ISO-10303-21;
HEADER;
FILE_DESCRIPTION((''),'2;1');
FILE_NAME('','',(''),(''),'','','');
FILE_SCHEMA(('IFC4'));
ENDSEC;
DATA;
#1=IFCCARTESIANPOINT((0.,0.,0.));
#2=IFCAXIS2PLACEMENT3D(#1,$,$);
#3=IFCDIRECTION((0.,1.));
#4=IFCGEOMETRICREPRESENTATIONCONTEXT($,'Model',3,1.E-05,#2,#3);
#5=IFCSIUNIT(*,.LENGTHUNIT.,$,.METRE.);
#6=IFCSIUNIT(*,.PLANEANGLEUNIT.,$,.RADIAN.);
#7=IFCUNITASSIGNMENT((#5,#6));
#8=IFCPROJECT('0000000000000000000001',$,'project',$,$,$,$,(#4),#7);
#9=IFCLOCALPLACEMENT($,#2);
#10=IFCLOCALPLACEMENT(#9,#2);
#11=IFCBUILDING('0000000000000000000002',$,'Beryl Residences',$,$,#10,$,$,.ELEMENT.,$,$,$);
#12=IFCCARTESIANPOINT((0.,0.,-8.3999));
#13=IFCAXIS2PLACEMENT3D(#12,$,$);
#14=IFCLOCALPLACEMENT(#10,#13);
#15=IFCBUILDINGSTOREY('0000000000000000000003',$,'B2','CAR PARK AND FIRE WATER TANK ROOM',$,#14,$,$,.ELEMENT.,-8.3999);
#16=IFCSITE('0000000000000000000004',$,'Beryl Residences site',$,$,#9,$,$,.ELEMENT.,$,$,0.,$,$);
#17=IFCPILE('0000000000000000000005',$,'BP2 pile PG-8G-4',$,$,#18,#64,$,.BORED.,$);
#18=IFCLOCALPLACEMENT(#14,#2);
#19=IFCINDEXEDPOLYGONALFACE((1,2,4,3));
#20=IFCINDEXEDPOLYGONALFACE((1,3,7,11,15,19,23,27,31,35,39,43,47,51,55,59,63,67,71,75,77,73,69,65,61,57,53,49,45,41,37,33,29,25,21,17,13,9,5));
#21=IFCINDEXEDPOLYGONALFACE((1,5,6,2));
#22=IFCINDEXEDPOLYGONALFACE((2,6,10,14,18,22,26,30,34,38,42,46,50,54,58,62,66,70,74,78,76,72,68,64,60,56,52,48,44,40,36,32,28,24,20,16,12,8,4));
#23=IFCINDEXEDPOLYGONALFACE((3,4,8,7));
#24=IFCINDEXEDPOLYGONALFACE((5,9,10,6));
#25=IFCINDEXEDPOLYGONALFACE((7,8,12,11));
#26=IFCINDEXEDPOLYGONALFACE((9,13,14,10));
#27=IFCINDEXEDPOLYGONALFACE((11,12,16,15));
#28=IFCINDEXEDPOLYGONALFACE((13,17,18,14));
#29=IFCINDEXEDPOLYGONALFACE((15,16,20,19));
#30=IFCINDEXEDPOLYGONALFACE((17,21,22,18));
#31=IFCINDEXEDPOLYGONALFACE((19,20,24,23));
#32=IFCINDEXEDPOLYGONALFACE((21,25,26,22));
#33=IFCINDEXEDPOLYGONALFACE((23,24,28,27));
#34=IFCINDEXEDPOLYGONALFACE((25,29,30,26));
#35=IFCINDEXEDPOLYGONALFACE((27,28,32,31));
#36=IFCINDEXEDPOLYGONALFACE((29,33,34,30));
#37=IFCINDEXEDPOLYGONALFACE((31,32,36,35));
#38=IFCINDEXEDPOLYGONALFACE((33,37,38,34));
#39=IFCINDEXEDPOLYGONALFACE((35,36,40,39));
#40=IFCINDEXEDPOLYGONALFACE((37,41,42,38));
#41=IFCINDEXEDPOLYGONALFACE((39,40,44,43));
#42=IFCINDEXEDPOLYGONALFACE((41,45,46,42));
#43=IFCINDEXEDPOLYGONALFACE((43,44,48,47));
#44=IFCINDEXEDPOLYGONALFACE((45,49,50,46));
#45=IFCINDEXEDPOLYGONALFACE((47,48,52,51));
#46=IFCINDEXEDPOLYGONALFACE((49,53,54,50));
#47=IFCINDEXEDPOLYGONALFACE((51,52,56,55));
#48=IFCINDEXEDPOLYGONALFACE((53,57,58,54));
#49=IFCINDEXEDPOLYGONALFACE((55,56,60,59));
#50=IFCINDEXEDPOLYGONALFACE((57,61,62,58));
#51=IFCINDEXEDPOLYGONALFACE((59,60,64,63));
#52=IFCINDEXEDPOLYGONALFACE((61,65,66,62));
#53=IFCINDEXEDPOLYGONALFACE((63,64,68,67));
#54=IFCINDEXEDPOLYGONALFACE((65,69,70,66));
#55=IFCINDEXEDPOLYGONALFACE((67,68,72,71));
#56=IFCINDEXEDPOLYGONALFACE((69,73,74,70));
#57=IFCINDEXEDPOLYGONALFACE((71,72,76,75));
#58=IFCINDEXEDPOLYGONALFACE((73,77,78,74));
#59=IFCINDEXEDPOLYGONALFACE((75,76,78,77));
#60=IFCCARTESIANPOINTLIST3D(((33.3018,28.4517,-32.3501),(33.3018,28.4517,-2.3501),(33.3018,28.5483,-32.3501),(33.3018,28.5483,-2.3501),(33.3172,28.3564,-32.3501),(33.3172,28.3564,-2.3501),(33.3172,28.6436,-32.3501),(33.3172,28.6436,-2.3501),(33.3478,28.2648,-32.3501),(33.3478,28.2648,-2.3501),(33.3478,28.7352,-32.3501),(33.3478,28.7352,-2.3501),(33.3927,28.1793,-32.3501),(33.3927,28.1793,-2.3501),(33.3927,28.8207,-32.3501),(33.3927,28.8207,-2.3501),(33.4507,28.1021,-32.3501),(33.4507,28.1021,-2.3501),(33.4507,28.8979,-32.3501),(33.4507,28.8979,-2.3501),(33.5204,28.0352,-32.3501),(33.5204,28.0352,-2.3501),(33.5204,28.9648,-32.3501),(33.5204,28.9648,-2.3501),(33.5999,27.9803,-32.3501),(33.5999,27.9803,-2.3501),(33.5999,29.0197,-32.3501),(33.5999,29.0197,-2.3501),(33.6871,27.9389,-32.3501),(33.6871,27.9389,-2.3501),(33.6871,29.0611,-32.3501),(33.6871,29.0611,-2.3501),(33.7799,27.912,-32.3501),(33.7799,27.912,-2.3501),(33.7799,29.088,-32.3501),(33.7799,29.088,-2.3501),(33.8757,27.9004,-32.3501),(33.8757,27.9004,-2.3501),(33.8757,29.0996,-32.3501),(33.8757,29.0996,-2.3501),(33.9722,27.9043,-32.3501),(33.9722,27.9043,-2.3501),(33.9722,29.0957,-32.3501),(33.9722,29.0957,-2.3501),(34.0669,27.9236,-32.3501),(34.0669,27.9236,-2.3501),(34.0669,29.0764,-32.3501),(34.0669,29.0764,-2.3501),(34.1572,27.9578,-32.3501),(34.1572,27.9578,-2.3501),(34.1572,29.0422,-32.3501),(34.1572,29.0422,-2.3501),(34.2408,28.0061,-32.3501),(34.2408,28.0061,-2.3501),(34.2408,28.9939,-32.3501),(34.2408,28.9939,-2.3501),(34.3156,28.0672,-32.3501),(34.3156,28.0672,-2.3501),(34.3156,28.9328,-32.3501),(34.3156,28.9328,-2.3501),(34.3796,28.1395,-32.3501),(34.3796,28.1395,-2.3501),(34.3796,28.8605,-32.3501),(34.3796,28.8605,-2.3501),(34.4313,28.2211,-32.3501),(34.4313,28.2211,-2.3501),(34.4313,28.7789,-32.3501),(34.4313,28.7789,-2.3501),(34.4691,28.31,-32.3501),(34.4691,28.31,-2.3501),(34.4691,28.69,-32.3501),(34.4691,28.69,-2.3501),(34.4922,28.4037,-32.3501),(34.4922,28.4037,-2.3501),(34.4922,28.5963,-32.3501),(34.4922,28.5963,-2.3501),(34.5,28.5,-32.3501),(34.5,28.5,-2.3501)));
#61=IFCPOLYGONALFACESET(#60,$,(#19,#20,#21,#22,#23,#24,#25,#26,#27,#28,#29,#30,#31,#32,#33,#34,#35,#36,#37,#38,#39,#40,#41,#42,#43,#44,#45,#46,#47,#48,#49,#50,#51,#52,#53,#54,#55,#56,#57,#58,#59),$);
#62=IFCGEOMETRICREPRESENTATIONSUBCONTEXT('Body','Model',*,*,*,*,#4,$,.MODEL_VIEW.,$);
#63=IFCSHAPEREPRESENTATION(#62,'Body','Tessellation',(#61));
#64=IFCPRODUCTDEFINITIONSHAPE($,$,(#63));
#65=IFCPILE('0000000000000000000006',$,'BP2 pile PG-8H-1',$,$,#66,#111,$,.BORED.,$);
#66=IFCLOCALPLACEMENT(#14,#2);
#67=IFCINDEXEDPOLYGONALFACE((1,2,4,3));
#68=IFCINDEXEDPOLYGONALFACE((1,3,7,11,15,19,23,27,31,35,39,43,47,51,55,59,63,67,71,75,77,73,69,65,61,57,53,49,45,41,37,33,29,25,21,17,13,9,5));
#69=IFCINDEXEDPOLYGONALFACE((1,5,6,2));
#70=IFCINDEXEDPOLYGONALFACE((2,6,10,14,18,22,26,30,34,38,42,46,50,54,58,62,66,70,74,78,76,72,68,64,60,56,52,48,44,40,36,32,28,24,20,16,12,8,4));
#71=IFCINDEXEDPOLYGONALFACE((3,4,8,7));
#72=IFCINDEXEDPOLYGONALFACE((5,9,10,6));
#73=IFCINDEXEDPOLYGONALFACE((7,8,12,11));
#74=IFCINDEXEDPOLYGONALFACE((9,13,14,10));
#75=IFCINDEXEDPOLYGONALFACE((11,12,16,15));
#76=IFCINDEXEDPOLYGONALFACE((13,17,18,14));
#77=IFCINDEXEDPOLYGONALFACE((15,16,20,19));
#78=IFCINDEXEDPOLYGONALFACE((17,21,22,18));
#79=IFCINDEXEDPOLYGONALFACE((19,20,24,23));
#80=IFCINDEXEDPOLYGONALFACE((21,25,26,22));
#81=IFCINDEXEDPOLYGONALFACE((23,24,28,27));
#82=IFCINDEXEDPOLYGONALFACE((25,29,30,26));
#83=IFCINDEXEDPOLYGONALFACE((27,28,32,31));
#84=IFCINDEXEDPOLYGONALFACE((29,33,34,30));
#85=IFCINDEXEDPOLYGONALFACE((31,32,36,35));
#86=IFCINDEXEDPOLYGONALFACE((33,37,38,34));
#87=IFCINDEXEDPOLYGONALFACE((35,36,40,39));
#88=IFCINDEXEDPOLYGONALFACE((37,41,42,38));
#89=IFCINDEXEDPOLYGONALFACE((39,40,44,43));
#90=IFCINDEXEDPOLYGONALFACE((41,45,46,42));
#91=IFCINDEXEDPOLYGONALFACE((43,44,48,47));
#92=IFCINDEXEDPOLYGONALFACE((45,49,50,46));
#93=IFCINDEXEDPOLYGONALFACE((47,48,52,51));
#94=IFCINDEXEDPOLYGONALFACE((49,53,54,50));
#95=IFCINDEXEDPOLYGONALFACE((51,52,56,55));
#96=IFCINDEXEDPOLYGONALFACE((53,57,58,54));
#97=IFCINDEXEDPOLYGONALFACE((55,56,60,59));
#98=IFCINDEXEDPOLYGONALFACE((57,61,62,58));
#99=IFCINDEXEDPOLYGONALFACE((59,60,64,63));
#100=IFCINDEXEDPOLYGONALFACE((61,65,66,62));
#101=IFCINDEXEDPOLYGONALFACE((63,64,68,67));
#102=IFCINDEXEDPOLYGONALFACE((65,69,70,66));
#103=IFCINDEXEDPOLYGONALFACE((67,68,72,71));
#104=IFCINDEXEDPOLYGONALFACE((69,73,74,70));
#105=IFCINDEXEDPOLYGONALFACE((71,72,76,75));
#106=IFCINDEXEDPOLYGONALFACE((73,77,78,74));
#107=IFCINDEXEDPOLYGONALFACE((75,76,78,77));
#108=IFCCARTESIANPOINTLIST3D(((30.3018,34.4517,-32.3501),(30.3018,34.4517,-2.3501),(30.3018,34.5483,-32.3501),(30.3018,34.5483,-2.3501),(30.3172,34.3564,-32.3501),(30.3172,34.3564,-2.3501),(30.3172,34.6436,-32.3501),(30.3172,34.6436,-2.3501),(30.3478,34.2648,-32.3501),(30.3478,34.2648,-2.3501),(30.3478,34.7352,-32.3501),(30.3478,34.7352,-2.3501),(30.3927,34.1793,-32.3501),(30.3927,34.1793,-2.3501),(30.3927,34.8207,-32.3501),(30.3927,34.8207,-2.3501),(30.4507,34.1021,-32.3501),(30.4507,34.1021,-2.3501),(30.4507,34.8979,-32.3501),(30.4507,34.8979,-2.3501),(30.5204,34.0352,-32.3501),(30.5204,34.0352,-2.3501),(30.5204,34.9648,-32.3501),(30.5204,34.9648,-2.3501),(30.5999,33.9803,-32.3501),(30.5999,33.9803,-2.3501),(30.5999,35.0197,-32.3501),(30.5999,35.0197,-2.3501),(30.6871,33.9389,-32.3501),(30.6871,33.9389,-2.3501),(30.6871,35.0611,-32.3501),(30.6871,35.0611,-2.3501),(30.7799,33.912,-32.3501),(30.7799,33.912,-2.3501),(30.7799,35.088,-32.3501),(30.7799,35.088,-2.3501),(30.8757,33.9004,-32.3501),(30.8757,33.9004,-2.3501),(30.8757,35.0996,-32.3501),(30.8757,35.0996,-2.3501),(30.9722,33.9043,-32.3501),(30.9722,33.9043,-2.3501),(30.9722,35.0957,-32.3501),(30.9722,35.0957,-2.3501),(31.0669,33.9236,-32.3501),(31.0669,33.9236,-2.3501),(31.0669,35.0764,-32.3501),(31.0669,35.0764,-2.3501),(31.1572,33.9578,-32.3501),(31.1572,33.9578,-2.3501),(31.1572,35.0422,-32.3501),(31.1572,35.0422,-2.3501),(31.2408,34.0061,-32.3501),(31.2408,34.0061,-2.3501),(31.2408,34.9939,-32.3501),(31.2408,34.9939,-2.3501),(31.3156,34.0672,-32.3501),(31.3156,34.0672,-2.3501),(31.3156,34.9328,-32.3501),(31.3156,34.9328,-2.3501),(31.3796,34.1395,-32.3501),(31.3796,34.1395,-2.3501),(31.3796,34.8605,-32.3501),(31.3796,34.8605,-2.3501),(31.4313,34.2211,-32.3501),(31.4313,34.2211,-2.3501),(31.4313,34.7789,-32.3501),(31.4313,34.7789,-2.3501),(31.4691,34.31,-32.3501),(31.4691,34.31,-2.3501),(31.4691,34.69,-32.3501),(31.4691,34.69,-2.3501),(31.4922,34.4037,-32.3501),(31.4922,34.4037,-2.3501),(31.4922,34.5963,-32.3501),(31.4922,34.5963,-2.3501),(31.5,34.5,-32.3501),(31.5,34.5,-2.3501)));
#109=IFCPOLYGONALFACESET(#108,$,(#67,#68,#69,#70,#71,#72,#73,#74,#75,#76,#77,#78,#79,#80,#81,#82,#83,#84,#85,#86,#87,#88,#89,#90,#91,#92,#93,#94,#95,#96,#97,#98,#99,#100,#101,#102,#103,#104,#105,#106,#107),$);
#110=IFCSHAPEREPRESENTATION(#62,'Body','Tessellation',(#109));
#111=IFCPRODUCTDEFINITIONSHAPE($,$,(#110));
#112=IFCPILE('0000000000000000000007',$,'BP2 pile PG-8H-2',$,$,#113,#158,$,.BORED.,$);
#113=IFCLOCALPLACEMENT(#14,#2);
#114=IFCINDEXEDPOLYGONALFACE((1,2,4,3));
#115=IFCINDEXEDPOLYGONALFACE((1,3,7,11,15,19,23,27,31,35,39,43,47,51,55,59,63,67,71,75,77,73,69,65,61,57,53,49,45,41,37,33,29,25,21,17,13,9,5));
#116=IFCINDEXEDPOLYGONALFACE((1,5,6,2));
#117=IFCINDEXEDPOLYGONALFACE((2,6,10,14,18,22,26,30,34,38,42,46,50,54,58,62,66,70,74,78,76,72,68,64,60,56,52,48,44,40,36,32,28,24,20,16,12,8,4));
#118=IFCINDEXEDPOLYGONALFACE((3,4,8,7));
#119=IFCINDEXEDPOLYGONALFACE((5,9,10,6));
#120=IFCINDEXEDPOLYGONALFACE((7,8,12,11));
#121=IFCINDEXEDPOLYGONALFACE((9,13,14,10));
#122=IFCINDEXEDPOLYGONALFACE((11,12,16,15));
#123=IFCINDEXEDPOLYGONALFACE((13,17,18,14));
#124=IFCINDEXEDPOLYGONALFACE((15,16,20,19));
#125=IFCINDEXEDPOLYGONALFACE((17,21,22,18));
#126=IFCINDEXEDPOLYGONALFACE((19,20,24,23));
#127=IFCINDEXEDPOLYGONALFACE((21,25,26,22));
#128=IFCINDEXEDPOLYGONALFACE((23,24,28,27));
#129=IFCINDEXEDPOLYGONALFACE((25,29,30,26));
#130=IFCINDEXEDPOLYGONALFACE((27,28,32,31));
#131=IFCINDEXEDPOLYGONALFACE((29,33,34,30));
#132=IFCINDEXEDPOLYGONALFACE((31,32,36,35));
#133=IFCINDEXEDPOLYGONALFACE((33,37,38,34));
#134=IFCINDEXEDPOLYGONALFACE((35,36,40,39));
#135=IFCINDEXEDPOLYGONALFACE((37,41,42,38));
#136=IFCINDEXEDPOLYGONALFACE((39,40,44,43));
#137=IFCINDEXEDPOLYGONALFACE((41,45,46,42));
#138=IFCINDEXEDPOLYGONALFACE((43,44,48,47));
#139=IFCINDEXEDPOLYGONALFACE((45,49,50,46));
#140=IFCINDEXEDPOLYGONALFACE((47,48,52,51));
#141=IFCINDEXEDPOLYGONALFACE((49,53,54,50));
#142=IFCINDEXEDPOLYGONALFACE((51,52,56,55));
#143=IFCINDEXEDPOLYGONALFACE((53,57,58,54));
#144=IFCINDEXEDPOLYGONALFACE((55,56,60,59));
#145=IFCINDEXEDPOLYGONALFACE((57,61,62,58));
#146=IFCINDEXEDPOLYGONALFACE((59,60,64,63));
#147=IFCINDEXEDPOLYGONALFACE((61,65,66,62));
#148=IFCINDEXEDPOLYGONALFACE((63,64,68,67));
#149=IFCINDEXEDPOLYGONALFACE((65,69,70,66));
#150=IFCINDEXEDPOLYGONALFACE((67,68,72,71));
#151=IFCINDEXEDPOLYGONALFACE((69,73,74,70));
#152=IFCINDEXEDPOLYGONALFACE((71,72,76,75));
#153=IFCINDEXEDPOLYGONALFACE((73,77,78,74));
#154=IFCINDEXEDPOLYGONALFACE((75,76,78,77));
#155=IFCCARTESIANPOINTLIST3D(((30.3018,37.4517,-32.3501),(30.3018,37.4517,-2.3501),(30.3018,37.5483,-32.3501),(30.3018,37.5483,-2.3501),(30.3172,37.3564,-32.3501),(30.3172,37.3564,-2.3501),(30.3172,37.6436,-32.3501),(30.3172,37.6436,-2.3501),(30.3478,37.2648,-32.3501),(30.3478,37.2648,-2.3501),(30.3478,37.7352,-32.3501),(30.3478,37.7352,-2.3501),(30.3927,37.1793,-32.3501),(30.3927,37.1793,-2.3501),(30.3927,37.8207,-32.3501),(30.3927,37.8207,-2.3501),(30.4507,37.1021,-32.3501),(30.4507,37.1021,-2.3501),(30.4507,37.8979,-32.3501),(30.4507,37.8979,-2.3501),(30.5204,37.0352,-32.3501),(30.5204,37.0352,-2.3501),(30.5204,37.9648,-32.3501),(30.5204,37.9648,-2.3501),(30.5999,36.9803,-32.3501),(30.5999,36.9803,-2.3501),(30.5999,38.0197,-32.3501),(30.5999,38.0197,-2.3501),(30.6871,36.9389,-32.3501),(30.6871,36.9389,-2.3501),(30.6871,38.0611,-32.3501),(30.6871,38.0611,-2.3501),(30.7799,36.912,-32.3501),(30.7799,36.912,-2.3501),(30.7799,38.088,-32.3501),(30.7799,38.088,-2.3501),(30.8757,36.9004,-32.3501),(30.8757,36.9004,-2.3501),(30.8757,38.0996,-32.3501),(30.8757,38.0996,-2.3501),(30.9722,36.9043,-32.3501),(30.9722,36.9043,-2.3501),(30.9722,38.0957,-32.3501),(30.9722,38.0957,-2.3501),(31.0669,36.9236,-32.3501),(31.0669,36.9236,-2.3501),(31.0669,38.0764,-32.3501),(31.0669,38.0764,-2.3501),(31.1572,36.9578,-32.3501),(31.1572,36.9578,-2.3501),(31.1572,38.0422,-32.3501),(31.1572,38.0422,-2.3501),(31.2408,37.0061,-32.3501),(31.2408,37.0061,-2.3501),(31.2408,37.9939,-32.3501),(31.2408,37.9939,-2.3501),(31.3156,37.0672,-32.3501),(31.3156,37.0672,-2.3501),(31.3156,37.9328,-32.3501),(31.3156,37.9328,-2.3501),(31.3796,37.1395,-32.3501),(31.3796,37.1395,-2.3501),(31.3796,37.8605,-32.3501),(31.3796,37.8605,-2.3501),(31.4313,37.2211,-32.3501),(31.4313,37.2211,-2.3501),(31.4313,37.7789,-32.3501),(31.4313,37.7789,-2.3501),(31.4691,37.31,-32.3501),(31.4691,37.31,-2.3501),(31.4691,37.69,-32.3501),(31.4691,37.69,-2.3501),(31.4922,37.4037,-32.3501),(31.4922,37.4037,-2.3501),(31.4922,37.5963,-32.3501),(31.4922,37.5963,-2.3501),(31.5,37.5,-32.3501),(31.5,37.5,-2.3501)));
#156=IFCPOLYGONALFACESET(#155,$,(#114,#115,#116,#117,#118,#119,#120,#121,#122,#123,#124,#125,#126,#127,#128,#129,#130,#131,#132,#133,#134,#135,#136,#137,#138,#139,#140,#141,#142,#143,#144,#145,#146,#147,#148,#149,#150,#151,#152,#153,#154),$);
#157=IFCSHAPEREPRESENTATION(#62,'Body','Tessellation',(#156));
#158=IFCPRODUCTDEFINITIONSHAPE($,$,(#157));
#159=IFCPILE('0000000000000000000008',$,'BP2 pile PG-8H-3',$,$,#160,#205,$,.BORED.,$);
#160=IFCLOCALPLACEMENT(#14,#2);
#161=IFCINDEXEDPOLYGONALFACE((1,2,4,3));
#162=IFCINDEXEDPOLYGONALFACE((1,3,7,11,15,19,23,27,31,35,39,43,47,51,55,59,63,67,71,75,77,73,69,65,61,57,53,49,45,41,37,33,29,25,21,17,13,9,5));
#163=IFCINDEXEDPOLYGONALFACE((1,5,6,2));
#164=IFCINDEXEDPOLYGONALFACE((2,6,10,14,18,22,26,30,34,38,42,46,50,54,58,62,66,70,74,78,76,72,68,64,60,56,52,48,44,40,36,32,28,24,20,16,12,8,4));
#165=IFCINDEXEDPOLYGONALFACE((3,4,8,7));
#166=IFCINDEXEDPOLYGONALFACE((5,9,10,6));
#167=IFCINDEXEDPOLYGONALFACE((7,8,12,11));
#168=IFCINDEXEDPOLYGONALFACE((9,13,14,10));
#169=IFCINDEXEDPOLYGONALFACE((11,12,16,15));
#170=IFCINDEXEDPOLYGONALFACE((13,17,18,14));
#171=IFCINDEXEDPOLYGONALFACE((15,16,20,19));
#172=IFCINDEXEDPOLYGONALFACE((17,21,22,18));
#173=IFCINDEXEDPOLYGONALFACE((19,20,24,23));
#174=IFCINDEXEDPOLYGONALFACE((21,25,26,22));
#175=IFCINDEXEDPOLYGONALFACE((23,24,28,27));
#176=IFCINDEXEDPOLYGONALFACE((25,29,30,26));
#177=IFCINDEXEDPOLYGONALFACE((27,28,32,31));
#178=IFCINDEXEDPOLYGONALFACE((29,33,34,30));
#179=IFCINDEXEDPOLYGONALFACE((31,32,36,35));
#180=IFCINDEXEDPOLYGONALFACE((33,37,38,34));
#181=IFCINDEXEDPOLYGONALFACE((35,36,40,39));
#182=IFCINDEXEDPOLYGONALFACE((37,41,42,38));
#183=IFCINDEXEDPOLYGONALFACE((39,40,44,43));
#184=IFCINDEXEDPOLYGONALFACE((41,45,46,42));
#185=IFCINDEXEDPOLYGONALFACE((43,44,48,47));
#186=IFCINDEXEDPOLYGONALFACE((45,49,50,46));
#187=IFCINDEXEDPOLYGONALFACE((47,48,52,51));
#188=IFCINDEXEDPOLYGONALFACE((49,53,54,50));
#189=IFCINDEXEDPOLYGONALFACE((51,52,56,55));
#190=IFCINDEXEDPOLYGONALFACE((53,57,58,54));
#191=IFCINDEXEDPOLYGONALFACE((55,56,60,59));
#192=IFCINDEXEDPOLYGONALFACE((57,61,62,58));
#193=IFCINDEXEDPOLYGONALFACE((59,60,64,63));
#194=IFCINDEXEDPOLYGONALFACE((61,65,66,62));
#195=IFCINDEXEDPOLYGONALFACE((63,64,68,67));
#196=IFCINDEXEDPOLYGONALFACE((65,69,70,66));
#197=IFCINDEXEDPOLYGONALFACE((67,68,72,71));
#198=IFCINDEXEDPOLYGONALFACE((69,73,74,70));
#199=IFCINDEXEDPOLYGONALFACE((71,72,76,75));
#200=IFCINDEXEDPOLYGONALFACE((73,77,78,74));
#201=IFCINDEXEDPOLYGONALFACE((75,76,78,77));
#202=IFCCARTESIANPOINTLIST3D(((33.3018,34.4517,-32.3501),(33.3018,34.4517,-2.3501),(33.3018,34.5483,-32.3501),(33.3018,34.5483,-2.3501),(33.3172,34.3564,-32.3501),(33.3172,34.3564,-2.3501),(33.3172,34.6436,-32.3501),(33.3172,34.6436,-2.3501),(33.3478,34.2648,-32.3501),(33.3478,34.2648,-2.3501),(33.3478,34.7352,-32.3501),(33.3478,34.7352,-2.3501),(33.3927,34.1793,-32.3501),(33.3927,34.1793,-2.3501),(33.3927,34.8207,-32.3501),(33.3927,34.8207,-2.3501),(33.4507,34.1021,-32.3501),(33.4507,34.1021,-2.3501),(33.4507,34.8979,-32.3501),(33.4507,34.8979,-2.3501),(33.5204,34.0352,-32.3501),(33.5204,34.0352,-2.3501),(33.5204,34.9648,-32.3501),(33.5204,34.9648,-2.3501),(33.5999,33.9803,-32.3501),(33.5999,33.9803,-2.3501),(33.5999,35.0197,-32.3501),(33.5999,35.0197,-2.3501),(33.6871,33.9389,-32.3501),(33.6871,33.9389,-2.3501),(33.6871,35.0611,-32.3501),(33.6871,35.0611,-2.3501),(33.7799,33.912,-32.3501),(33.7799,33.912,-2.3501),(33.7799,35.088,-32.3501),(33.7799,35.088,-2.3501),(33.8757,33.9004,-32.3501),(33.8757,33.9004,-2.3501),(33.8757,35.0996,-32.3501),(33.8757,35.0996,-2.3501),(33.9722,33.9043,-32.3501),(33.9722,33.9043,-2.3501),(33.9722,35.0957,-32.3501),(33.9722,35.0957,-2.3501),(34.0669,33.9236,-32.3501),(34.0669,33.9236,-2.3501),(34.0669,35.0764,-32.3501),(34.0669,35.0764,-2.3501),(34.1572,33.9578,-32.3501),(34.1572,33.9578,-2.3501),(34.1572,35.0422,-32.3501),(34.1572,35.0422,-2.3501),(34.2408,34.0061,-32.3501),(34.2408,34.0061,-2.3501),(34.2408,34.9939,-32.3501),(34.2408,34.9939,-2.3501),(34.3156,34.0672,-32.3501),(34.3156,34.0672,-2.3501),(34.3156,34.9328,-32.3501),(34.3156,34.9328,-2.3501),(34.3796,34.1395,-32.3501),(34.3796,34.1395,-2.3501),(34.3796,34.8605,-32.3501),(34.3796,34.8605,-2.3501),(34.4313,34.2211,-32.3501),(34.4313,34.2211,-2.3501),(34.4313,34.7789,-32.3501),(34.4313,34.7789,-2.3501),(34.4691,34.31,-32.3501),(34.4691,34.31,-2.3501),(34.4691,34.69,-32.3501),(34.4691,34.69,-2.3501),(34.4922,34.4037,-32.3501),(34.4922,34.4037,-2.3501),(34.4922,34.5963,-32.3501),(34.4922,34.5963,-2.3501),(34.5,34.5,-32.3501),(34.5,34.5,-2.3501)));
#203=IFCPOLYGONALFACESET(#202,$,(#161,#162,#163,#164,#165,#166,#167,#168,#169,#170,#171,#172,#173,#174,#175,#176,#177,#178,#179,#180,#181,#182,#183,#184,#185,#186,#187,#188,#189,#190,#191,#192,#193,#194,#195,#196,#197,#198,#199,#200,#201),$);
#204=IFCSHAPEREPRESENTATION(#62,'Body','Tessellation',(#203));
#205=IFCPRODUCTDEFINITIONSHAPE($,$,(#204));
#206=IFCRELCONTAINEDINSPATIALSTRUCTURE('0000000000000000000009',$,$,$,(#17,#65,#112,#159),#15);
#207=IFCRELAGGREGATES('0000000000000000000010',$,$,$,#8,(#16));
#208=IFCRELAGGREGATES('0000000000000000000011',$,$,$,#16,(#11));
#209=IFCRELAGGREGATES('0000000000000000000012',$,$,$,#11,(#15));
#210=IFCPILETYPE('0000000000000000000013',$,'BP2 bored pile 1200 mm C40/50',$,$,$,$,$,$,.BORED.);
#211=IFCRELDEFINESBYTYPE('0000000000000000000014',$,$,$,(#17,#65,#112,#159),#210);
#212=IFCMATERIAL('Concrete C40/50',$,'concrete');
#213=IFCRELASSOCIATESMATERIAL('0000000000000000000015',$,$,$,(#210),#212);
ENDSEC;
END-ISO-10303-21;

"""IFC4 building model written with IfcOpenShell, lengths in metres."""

from ifc_helpers import new_model, si_unit, direction, frame, origin, origin_2d, place, context, subcontext, project, spatial, circle, extrude, material, material_profile, profile_set, type_object, element, save


model = new_model("IFC4")

# Units and contexts
model_context = context("Model", 3, precision=1e-05, world=origin(), true_north=direction((0.0, 1.0)))
body_context = subcontext(model_context, "Body", "Model", "MODEL_VIEW")
ifc_project = project(units=[si_unit("LENGTHUNIT", "METRE"), si_unit("PLANEANGLEUNIT", "RADIAN")], contexts=[model_context])

# Site, building, storey
site_placement = place(None, origin())
site = spatial("IfcSite", under=ifc_project, at=site_placement, Name="Beryl Residences site", CompositionType="ELEMENT", RefElevation=0.0)
building_placement = place(site_placement, origin())
building = spatial("IfcBuilding", under=site, at=building_placement, Name="Beryl Residences", CompositionType="ELEMENT")
storey_placement = place(building_placement, frame((0.0, 0.0, -8.3999)))
storey = spatial("IfcBuildingStorey", under=building, at=storey_placement, Name="B2", Description="CAR PARK AND FIRE WATER TANK ROOM", CompositionType="ELEMENT", Elevation=-8.3999)

# Piles
ifc_material_1 = material(Name="Concrete C40/50", Category="concrete")
ifc_material_profile_1 = material_profile(ifc_material_1, circle(Radius=0.6001, at=origin_2d()))
ifc_profile_set_1 = profile_set([ifc_material_profile_1], Name="Concrete C40/50")
pile_type = type_object("IfcPileType", Name="BP2 bored pile 1200 mm C40/50", PredefinedType="BORED", material=ifc_profile_set_1)
for number, where, z_axis, x_axis, name in (
    (1, (33.8999, 28.5, -2.3501), (0.0, 0.0, -1.0), (1.0, 0.0, 0.0), "BP2 pile PG-8G-4"),
    (2, (30.8999, 34.5, -2.3501), (0.0, 0.0, -1.0), (1.0, 0.0, 0.0), "BP2 pile PG-8H-1"),
    (3, (30.8999, 37.5, -2.3501), (0.0, 0.0, -1.0), (1.0, 0.0, 0.0), "BP2 pile PG-8H-2"),
    (4, (33.8999, 34.5, -2.3501), (0.0, 0.0, -1.0), (1.0, 0.0, 0.0), "BP2 pile PG-8H-3"),
):
    element("IfcPile", number, at=place(storey_placement, frame(where, z_axis=z_axis, x_axis=x_axis)), inside=storey, type_object=pile_type, Name=name, PredefinedType="BORED", context=body_context, shape_type="SweptSolid", body=[
        extrude(circle(Radius=0.6001, at=origin_2d()), origin(), (0.0, 0.0, 1.0), 30.0),
    ])

save(model, "model.ifc")
